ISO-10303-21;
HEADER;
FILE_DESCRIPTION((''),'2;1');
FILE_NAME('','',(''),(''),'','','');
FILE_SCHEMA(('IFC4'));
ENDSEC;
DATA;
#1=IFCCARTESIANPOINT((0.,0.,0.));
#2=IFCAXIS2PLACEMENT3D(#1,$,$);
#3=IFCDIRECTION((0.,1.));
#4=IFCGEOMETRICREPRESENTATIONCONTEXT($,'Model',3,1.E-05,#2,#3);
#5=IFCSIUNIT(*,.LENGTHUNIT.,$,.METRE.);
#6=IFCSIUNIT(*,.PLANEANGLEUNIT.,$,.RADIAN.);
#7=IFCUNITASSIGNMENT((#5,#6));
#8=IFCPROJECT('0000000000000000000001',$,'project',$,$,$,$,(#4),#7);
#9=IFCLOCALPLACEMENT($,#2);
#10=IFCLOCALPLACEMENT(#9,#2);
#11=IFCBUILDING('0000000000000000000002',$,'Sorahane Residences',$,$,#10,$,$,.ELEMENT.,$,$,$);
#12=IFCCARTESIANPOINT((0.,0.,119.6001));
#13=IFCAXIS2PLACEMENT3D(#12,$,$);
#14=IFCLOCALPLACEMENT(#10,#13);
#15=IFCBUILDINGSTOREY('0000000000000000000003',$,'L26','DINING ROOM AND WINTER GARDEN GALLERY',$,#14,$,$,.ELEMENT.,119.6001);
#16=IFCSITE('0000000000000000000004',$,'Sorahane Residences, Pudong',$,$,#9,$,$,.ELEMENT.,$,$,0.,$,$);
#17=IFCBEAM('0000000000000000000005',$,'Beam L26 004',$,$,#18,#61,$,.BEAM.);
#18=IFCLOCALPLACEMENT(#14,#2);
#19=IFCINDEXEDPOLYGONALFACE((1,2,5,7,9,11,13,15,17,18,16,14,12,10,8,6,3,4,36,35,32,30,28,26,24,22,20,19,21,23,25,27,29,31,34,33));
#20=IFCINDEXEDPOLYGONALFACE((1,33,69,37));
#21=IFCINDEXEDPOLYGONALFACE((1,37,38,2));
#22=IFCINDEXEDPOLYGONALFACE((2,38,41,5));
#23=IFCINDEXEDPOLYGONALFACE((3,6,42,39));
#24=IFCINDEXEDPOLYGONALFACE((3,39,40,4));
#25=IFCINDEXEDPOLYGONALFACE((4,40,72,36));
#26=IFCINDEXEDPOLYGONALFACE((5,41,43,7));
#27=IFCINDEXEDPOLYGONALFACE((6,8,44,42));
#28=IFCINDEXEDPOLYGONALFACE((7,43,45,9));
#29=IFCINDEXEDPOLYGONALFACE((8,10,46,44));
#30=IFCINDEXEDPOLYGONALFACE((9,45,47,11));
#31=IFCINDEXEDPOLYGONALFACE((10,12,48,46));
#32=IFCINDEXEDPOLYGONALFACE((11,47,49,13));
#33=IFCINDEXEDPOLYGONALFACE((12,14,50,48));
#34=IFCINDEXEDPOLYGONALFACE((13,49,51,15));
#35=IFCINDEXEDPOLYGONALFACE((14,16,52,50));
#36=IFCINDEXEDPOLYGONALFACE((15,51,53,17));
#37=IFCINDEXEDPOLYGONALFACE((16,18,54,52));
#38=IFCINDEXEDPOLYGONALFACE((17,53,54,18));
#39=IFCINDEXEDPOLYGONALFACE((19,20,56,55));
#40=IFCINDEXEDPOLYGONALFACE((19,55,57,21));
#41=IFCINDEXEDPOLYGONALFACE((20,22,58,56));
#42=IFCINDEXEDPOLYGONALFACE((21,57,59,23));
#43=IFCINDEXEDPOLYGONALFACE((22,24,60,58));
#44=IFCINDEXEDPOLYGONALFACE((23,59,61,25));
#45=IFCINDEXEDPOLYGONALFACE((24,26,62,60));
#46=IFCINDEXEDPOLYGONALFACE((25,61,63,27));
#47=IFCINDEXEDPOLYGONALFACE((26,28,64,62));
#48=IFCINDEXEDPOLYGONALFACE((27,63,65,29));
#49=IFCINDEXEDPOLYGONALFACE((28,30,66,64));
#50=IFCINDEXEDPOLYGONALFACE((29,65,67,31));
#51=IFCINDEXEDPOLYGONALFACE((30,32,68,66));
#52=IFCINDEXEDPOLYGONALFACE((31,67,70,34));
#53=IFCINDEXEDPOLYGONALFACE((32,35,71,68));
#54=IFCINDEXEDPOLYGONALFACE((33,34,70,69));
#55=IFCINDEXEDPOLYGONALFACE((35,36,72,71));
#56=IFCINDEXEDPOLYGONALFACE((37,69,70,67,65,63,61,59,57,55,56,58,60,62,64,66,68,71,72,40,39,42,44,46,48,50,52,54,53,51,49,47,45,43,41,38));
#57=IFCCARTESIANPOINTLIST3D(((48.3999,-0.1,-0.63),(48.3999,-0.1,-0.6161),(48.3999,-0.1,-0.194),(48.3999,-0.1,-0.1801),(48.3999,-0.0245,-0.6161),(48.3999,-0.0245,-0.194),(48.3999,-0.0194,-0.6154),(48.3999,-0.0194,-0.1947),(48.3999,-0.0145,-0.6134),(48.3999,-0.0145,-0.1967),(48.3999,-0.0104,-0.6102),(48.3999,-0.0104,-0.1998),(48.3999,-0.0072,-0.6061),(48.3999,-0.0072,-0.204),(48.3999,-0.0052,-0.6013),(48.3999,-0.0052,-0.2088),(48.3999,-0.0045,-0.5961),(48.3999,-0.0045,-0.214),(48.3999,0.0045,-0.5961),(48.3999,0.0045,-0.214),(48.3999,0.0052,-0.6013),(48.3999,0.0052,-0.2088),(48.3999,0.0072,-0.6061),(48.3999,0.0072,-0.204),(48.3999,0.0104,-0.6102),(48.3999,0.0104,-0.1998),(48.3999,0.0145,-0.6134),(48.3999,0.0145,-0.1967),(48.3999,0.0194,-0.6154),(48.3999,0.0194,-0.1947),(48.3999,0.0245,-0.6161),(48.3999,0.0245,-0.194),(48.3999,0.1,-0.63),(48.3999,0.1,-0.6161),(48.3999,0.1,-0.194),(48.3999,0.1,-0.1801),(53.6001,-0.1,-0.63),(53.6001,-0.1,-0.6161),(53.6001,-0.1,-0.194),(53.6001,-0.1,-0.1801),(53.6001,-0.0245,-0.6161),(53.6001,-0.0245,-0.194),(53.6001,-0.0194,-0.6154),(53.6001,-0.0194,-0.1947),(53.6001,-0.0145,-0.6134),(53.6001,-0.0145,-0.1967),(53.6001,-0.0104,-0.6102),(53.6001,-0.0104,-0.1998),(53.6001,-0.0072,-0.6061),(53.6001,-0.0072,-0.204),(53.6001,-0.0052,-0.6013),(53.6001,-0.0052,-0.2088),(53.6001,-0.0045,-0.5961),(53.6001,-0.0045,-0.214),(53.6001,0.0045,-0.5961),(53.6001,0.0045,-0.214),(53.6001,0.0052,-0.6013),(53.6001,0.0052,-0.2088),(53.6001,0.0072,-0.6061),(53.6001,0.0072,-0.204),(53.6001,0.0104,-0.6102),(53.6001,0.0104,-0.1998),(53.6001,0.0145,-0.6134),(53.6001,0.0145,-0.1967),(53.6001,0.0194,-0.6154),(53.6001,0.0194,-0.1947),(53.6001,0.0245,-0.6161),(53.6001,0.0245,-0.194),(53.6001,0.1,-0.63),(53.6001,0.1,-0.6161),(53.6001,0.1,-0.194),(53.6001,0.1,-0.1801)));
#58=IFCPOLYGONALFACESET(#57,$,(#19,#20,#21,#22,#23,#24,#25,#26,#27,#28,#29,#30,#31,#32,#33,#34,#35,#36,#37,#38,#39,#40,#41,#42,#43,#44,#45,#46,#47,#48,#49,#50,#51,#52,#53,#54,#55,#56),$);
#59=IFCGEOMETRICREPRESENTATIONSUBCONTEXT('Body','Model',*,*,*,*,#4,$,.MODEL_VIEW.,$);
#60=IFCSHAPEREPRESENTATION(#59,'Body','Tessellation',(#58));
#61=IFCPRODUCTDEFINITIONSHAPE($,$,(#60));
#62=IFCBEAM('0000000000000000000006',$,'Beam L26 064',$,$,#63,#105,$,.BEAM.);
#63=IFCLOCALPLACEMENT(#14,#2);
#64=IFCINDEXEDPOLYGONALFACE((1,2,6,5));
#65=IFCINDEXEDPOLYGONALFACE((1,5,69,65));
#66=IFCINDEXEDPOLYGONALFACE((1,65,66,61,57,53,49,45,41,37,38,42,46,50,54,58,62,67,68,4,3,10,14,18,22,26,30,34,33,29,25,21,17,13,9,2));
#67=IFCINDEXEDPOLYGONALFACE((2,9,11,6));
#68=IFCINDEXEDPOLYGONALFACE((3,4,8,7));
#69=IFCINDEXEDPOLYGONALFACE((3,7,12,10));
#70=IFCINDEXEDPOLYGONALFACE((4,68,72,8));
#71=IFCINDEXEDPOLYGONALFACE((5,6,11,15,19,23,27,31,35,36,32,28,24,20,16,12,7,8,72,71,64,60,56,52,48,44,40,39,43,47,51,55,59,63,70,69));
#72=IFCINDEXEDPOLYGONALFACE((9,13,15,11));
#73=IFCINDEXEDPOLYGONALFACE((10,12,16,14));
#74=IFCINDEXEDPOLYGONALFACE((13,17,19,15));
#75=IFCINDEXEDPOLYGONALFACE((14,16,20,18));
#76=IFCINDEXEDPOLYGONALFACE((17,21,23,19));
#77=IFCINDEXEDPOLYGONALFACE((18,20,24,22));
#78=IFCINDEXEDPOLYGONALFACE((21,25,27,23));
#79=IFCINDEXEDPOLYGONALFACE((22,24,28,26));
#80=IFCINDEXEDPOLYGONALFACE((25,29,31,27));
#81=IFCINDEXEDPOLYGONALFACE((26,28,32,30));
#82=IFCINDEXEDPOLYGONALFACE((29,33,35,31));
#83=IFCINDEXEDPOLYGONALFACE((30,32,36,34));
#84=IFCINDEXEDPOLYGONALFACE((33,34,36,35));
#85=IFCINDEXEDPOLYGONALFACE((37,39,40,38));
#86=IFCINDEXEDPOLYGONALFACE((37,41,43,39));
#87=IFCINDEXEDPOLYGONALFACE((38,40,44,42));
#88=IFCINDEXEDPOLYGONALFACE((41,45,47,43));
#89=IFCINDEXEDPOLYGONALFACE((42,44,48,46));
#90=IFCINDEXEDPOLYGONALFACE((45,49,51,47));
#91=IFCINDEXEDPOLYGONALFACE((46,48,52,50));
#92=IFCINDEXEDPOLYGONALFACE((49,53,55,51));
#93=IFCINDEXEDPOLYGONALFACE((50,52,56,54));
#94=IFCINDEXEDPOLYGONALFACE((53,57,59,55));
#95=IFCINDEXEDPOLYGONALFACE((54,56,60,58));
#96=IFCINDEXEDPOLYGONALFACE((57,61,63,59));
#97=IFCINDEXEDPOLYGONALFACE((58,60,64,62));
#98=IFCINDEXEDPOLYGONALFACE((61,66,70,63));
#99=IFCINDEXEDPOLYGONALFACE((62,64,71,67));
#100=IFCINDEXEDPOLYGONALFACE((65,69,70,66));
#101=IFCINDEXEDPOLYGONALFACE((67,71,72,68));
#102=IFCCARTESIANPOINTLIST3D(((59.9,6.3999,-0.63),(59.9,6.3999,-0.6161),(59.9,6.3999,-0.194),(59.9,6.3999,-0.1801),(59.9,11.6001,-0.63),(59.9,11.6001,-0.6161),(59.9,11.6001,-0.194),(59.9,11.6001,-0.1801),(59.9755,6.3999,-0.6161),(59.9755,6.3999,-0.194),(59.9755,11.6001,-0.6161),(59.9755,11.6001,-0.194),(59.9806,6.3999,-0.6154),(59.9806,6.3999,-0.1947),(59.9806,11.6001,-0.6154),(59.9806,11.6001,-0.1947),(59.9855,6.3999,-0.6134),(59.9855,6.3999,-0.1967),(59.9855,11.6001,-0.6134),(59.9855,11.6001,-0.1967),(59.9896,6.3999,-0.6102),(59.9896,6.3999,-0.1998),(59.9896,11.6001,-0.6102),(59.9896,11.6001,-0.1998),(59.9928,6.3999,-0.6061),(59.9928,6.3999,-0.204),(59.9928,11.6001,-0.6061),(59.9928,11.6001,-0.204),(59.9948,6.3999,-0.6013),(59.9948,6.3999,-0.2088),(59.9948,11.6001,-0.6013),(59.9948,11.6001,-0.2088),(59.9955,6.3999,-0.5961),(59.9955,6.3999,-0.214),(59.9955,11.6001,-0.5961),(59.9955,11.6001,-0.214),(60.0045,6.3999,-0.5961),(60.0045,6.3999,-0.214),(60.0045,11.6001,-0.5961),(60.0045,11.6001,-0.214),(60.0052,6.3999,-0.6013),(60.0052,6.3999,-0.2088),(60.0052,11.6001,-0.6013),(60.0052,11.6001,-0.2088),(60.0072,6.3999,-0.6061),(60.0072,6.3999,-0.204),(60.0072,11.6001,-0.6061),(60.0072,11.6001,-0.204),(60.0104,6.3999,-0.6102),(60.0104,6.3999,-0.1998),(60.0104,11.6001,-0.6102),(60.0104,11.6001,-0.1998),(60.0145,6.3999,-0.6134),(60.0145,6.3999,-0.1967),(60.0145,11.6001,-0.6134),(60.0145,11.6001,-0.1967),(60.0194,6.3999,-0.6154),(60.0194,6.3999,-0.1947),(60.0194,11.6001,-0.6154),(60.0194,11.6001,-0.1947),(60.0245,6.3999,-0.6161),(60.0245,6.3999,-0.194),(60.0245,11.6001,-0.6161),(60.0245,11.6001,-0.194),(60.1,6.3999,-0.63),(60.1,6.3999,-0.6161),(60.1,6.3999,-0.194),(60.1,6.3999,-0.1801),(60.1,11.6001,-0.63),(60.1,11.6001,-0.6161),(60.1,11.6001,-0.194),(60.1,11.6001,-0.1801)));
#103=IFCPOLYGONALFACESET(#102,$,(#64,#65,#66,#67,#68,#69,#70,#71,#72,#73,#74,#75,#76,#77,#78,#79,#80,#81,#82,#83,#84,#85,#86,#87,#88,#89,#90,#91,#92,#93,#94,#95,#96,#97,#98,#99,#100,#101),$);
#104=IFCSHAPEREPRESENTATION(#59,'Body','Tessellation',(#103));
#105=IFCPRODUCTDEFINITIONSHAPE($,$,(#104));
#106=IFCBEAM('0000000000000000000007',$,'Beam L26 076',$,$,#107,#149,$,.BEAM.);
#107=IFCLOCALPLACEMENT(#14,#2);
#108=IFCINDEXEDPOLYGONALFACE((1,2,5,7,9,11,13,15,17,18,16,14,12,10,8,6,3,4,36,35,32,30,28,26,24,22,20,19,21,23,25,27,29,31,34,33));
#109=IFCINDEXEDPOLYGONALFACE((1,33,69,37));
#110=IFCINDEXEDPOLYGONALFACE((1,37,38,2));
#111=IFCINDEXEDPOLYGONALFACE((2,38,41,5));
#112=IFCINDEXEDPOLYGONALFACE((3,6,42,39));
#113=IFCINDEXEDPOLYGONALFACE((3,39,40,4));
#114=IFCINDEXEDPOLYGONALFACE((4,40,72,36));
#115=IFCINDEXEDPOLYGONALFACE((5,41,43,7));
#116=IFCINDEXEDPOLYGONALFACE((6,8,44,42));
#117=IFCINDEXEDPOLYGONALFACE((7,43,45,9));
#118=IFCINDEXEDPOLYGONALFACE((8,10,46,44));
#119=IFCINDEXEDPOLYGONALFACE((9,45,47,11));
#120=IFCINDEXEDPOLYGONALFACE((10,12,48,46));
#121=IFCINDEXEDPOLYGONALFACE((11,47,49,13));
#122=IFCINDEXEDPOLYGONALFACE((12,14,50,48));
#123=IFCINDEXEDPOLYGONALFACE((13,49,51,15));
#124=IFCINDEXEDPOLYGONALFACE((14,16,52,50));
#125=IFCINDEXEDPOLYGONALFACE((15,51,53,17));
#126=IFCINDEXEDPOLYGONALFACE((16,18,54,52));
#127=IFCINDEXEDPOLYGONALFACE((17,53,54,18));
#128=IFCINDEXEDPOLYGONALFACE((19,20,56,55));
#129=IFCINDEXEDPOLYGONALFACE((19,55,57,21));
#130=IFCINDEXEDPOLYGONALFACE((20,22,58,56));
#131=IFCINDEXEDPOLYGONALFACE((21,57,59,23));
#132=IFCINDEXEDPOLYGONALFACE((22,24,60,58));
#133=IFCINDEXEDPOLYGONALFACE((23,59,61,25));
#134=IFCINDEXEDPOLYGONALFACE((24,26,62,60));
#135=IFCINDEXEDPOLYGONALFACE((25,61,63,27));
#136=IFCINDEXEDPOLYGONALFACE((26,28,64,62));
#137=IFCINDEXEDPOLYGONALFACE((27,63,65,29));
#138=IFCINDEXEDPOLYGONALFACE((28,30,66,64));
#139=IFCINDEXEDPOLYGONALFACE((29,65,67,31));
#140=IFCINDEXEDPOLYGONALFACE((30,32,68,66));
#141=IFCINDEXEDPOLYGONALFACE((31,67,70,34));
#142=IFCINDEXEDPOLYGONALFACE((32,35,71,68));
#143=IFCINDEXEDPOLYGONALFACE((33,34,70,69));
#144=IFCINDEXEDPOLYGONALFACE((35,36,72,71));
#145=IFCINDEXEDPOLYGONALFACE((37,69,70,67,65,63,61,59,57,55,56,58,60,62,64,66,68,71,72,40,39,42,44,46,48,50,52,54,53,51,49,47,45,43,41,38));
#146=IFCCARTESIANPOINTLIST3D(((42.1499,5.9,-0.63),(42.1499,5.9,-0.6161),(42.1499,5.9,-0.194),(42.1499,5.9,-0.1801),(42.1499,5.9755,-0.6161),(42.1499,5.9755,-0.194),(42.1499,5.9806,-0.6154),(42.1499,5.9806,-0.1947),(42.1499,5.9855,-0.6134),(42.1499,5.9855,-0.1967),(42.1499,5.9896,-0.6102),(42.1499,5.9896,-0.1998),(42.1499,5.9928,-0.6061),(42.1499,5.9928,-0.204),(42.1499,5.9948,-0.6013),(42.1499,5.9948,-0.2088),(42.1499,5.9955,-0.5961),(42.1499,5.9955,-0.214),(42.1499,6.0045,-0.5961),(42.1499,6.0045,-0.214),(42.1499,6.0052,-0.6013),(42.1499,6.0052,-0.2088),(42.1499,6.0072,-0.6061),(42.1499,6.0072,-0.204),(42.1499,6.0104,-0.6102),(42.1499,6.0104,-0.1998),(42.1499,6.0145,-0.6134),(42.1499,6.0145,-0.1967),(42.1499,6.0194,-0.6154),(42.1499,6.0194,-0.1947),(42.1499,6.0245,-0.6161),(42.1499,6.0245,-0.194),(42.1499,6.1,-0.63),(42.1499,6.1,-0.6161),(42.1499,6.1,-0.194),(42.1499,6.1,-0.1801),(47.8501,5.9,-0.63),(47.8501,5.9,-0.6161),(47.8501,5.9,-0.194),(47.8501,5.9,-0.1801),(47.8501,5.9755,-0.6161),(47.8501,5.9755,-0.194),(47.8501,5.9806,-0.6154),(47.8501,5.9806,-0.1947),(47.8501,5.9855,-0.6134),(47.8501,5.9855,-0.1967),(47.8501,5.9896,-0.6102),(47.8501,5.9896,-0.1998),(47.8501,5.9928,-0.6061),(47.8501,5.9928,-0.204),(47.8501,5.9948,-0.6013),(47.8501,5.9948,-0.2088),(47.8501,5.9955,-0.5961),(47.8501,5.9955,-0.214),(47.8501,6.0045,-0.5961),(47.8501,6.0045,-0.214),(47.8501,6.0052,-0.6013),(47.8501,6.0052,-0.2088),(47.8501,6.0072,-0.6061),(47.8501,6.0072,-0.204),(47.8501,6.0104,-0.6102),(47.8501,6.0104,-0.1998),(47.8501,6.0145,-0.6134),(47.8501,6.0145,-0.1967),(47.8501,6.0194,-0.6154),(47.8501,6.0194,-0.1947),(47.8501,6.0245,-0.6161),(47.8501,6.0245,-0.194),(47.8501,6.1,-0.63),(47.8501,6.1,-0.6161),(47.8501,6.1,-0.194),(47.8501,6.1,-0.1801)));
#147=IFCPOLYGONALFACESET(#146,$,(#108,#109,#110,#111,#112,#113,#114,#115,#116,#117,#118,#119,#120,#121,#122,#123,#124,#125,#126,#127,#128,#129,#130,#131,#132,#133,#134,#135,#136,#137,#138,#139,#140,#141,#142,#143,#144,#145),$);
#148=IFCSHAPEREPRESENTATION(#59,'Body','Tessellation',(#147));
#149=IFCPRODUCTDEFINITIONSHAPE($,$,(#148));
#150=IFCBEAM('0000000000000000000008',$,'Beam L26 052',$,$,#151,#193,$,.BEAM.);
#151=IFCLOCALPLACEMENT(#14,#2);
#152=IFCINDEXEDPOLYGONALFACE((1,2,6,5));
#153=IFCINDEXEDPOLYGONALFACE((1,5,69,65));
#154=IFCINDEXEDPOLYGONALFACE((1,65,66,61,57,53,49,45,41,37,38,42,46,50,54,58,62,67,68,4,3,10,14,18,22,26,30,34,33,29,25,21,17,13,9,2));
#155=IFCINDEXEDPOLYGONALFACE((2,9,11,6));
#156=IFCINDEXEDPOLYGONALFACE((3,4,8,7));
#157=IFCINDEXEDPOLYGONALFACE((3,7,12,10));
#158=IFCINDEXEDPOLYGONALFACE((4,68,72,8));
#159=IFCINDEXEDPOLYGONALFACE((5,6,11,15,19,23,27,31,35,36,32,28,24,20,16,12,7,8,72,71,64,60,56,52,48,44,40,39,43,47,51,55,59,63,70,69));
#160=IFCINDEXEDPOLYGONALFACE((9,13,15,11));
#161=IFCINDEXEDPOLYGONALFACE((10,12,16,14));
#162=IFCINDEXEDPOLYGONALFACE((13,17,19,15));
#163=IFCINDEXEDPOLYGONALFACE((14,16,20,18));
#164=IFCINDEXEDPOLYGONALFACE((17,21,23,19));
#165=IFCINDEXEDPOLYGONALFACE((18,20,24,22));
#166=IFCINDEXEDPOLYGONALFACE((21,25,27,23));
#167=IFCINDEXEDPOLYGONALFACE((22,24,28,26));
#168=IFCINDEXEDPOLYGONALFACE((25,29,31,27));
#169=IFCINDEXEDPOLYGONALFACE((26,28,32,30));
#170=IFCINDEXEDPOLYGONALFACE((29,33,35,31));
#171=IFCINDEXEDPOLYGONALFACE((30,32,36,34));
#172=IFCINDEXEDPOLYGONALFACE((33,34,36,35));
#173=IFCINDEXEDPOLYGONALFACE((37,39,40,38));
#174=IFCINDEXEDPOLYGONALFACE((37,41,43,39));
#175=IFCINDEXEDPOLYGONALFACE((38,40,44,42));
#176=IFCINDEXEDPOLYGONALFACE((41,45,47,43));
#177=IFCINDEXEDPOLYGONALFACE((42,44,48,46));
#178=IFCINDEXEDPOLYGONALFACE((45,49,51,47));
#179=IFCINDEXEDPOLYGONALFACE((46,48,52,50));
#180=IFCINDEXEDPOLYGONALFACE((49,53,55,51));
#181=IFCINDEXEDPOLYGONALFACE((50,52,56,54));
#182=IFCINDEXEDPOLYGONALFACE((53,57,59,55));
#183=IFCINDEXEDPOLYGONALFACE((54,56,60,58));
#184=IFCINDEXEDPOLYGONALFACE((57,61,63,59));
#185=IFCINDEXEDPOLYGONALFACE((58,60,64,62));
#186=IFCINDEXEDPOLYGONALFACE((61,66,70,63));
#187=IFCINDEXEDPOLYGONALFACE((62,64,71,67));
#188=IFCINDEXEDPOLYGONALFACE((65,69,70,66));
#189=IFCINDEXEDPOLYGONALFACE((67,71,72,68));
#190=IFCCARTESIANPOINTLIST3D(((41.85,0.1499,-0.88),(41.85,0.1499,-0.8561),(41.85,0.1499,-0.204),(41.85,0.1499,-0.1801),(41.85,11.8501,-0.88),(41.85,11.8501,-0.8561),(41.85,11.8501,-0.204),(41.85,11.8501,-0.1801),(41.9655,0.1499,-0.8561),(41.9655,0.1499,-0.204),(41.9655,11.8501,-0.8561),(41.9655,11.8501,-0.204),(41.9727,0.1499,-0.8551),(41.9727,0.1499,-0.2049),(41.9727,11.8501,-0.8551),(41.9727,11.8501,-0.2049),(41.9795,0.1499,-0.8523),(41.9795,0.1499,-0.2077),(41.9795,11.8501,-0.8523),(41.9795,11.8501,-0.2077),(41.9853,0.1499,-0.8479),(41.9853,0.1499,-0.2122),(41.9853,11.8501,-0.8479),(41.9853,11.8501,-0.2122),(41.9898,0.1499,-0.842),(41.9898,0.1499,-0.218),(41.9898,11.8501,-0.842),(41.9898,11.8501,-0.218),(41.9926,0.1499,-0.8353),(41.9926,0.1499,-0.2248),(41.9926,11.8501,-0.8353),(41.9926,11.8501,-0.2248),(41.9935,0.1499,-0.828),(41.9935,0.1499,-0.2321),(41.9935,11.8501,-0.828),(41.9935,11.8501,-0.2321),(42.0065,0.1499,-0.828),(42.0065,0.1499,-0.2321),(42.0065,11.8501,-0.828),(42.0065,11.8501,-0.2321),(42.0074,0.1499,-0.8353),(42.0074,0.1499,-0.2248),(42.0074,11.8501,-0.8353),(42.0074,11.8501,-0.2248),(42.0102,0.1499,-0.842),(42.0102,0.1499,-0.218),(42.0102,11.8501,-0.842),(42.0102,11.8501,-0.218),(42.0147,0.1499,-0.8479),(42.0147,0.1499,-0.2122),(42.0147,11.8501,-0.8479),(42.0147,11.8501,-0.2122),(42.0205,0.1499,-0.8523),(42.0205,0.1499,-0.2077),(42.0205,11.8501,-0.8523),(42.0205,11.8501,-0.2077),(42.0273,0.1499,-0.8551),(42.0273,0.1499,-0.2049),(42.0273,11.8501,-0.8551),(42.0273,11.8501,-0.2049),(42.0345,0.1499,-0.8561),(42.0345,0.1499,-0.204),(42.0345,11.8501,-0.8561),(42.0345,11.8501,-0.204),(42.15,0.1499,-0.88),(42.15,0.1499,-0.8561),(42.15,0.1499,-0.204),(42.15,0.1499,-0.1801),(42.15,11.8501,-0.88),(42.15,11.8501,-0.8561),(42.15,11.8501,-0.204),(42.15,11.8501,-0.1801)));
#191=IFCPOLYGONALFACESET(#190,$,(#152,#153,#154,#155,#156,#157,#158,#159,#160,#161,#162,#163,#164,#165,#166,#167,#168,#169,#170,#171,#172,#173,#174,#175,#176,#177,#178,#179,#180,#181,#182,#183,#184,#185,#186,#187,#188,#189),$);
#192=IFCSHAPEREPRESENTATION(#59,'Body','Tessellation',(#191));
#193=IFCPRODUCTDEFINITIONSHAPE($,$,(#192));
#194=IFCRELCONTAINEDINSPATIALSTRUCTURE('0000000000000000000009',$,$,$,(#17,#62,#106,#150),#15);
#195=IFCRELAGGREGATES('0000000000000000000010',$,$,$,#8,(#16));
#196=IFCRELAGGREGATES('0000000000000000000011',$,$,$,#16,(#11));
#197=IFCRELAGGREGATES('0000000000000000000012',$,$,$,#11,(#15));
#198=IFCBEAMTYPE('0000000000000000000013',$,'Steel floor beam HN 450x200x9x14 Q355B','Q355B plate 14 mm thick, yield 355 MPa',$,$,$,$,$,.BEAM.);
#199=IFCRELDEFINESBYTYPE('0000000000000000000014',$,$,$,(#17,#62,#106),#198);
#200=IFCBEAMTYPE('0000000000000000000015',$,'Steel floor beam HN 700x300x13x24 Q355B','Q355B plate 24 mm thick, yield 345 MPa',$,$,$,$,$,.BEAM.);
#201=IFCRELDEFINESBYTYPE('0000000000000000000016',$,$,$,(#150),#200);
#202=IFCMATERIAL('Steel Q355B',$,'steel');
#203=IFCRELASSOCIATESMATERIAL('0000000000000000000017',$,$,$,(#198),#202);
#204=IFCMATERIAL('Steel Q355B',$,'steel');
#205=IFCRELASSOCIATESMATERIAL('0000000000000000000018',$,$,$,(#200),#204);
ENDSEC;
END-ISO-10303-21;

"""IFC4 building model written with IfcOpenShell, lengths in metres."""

from ifc_helpers import new_model, si_unit, direction, frame, origin, origin_2d, place, context, subcontext, project, spatial, i_section, extrude, material, material_profile, profile_set, type_object, element, save


model = new_model("IFC4")

# Units and contexts
model_context = context("Model", 3, precision=1e-05, world=origin(), true_north=direction((0.0, 1.0)))
body_context = subcontext(model_context, "Body", "Model", "MODEL_VIEW")
ifc_project = project(units=[si_unit("LENGTHUNIT", "METRE"), si_unit("PLANEANGLEUNIT", "RADIAN")], contexts=[model_context])

# Site, building, storey
site_placement = place(None, origin())
site = spatial("IfcSite", under=ifc_project, at=site_placement, Name="Sorahane Residences, Pudong", CompositionType="ELEMENT", RefElevation=0.0)
building_placement = place(site_placement, origin())
building = spatial("IfcBuilding", under=site, at=building_placement, Name="Sorahane Residences", CompositionType="ELEMENT")
storey_placement = place(building_placement, frame((0.0, 0.0, 119.6001)))
storey = spatial("IfcBuildingStorey", under=building, at=storey_placement, Name="L26", Description="DINING ROOM AND WINTER GARDEN GALLERY", CompositionType="ELEMENT", Elevation=119.6001)

# Beams
ifc_material_1 = material(Name="Steel Q355B", Category="steel")
ifc_material_profile_1 = material_profile(ifc_material_1, i_section(OverallWidth=0.2, OverallDepth=0.45, WebThickness=0.009, FlangeThickness=0.0139, FilletRadius=0.02, at=origin_2d()), Name="HN 450x200x9x14")
ifc_profile_set_1 = profile_set([ifc_material_profile_1], Name="Steel Q355B")
beam_type_1 = type_object("IfcBeamType", Name="Steel floor beam HN 450x200x9x14 Q355B", Description="Q355B plate 14 mm thick, yield 355 MPa", PredefinedType="BEAM", material=ifc_profile_set_1)
for number, where, z_axis, x_axis, name in (
    (1, (48.3999, 0.0, -0.405), (1.0, 0.0, 0.0), (0.0, 1.0, 0.0), "Beam L26 004"),
    (2, (60.0, 6.3999, -0.405), (0.0, 1.0, 0.0), (-1.0, 0.0, 0.0), "Beam L26 064"),
):
    element("IfcBeam", number, at=place(storey_placement, frame(where, z_axis=z_axis, x_axis=x_axis)), inside=storey, type_object=beam_type_1, Name=name, PredefinedType="BEAM", context=body_context, shape_type="SweptSolid", body=[
        extrude(i_section(OverallWidth=0.2, OverallDepth=0.45, WebThickness=0.009, FlangeThickness=0.0139, FilletRadius=0.02, at=origin_2d()), origin(), (0.0, 0.0, 1.0), 5.2002),
    ])
beam_1_placement = place(storey_placement, frame((42.1499, 6.0, -0.405), z_axis=(1.0, 0.0, 0.0), x_axis=(0.0, 1.0, 0.0)))
element("IfcBeam", 3, at=beam_1_placement, inside=storey, type_object=beam_type_1, Name="Beam L26 076", PredefinedType="BEAM", context=body_context, shape_type="SweptSolid", body=[
    extrude(i_section(OverallWidth=0.2, OverallDepth=0.45, WebThickness=0.009, FlangeThickness=0.0139, FilletRadius=0.02, at=origin_2d()), origin(), (0.0, 0.0, 1.0), 5.7002),
])
ifc_material_2 = material(Name="Steel Q355B", Category="steel")
ifc_material_profile_2 = material_profile(ifc_material_2, i_section(OverallWidth=0.3, OverallDepth=0.7, WebThickness=0.0129, FlangeThickness=0.0239, FilletRadius=0.0281, at=origin_2d()), Name="HN 700x300x13x24")
ifc_profile_set_2 = profile_set([ifc_material_profile_2], Name="Steel Q355B")
beam_type_2 = type_object("IfcBeamType", Name="Steel floor beam HN 700x300x13x24 Q355B", Description="Q355B plate 24 mm thick, yield 345 MPa", PredefinedType="BEAM", material=ifc_profile_set_2)
beam_2_placement = place(storey_placement, frame((42.0, 0.1499, -0.53), z_axis=(0.0, 1.0, 0.0), x_axis=(-1.0, 0.0, 0.0)))
element("IfcBeam", 4, at=beam_2_placement, inside=storey, type_object=beam_type_2, Name="Beam L26 052", PredefinedType="BEAM", context=body_context, shape_type="SweptSolid", body=[
    extrude(i_section(OverallWidth=0.3, OverallDepth=0.7, WebThickness=0.0129, FlangeThickness=0.0239, FilletRadius=0.0281, at=origin_2d()), origin(), (0.0, 0.0, 1.0), 11.7002),
])

save(model, "model.ifc")
